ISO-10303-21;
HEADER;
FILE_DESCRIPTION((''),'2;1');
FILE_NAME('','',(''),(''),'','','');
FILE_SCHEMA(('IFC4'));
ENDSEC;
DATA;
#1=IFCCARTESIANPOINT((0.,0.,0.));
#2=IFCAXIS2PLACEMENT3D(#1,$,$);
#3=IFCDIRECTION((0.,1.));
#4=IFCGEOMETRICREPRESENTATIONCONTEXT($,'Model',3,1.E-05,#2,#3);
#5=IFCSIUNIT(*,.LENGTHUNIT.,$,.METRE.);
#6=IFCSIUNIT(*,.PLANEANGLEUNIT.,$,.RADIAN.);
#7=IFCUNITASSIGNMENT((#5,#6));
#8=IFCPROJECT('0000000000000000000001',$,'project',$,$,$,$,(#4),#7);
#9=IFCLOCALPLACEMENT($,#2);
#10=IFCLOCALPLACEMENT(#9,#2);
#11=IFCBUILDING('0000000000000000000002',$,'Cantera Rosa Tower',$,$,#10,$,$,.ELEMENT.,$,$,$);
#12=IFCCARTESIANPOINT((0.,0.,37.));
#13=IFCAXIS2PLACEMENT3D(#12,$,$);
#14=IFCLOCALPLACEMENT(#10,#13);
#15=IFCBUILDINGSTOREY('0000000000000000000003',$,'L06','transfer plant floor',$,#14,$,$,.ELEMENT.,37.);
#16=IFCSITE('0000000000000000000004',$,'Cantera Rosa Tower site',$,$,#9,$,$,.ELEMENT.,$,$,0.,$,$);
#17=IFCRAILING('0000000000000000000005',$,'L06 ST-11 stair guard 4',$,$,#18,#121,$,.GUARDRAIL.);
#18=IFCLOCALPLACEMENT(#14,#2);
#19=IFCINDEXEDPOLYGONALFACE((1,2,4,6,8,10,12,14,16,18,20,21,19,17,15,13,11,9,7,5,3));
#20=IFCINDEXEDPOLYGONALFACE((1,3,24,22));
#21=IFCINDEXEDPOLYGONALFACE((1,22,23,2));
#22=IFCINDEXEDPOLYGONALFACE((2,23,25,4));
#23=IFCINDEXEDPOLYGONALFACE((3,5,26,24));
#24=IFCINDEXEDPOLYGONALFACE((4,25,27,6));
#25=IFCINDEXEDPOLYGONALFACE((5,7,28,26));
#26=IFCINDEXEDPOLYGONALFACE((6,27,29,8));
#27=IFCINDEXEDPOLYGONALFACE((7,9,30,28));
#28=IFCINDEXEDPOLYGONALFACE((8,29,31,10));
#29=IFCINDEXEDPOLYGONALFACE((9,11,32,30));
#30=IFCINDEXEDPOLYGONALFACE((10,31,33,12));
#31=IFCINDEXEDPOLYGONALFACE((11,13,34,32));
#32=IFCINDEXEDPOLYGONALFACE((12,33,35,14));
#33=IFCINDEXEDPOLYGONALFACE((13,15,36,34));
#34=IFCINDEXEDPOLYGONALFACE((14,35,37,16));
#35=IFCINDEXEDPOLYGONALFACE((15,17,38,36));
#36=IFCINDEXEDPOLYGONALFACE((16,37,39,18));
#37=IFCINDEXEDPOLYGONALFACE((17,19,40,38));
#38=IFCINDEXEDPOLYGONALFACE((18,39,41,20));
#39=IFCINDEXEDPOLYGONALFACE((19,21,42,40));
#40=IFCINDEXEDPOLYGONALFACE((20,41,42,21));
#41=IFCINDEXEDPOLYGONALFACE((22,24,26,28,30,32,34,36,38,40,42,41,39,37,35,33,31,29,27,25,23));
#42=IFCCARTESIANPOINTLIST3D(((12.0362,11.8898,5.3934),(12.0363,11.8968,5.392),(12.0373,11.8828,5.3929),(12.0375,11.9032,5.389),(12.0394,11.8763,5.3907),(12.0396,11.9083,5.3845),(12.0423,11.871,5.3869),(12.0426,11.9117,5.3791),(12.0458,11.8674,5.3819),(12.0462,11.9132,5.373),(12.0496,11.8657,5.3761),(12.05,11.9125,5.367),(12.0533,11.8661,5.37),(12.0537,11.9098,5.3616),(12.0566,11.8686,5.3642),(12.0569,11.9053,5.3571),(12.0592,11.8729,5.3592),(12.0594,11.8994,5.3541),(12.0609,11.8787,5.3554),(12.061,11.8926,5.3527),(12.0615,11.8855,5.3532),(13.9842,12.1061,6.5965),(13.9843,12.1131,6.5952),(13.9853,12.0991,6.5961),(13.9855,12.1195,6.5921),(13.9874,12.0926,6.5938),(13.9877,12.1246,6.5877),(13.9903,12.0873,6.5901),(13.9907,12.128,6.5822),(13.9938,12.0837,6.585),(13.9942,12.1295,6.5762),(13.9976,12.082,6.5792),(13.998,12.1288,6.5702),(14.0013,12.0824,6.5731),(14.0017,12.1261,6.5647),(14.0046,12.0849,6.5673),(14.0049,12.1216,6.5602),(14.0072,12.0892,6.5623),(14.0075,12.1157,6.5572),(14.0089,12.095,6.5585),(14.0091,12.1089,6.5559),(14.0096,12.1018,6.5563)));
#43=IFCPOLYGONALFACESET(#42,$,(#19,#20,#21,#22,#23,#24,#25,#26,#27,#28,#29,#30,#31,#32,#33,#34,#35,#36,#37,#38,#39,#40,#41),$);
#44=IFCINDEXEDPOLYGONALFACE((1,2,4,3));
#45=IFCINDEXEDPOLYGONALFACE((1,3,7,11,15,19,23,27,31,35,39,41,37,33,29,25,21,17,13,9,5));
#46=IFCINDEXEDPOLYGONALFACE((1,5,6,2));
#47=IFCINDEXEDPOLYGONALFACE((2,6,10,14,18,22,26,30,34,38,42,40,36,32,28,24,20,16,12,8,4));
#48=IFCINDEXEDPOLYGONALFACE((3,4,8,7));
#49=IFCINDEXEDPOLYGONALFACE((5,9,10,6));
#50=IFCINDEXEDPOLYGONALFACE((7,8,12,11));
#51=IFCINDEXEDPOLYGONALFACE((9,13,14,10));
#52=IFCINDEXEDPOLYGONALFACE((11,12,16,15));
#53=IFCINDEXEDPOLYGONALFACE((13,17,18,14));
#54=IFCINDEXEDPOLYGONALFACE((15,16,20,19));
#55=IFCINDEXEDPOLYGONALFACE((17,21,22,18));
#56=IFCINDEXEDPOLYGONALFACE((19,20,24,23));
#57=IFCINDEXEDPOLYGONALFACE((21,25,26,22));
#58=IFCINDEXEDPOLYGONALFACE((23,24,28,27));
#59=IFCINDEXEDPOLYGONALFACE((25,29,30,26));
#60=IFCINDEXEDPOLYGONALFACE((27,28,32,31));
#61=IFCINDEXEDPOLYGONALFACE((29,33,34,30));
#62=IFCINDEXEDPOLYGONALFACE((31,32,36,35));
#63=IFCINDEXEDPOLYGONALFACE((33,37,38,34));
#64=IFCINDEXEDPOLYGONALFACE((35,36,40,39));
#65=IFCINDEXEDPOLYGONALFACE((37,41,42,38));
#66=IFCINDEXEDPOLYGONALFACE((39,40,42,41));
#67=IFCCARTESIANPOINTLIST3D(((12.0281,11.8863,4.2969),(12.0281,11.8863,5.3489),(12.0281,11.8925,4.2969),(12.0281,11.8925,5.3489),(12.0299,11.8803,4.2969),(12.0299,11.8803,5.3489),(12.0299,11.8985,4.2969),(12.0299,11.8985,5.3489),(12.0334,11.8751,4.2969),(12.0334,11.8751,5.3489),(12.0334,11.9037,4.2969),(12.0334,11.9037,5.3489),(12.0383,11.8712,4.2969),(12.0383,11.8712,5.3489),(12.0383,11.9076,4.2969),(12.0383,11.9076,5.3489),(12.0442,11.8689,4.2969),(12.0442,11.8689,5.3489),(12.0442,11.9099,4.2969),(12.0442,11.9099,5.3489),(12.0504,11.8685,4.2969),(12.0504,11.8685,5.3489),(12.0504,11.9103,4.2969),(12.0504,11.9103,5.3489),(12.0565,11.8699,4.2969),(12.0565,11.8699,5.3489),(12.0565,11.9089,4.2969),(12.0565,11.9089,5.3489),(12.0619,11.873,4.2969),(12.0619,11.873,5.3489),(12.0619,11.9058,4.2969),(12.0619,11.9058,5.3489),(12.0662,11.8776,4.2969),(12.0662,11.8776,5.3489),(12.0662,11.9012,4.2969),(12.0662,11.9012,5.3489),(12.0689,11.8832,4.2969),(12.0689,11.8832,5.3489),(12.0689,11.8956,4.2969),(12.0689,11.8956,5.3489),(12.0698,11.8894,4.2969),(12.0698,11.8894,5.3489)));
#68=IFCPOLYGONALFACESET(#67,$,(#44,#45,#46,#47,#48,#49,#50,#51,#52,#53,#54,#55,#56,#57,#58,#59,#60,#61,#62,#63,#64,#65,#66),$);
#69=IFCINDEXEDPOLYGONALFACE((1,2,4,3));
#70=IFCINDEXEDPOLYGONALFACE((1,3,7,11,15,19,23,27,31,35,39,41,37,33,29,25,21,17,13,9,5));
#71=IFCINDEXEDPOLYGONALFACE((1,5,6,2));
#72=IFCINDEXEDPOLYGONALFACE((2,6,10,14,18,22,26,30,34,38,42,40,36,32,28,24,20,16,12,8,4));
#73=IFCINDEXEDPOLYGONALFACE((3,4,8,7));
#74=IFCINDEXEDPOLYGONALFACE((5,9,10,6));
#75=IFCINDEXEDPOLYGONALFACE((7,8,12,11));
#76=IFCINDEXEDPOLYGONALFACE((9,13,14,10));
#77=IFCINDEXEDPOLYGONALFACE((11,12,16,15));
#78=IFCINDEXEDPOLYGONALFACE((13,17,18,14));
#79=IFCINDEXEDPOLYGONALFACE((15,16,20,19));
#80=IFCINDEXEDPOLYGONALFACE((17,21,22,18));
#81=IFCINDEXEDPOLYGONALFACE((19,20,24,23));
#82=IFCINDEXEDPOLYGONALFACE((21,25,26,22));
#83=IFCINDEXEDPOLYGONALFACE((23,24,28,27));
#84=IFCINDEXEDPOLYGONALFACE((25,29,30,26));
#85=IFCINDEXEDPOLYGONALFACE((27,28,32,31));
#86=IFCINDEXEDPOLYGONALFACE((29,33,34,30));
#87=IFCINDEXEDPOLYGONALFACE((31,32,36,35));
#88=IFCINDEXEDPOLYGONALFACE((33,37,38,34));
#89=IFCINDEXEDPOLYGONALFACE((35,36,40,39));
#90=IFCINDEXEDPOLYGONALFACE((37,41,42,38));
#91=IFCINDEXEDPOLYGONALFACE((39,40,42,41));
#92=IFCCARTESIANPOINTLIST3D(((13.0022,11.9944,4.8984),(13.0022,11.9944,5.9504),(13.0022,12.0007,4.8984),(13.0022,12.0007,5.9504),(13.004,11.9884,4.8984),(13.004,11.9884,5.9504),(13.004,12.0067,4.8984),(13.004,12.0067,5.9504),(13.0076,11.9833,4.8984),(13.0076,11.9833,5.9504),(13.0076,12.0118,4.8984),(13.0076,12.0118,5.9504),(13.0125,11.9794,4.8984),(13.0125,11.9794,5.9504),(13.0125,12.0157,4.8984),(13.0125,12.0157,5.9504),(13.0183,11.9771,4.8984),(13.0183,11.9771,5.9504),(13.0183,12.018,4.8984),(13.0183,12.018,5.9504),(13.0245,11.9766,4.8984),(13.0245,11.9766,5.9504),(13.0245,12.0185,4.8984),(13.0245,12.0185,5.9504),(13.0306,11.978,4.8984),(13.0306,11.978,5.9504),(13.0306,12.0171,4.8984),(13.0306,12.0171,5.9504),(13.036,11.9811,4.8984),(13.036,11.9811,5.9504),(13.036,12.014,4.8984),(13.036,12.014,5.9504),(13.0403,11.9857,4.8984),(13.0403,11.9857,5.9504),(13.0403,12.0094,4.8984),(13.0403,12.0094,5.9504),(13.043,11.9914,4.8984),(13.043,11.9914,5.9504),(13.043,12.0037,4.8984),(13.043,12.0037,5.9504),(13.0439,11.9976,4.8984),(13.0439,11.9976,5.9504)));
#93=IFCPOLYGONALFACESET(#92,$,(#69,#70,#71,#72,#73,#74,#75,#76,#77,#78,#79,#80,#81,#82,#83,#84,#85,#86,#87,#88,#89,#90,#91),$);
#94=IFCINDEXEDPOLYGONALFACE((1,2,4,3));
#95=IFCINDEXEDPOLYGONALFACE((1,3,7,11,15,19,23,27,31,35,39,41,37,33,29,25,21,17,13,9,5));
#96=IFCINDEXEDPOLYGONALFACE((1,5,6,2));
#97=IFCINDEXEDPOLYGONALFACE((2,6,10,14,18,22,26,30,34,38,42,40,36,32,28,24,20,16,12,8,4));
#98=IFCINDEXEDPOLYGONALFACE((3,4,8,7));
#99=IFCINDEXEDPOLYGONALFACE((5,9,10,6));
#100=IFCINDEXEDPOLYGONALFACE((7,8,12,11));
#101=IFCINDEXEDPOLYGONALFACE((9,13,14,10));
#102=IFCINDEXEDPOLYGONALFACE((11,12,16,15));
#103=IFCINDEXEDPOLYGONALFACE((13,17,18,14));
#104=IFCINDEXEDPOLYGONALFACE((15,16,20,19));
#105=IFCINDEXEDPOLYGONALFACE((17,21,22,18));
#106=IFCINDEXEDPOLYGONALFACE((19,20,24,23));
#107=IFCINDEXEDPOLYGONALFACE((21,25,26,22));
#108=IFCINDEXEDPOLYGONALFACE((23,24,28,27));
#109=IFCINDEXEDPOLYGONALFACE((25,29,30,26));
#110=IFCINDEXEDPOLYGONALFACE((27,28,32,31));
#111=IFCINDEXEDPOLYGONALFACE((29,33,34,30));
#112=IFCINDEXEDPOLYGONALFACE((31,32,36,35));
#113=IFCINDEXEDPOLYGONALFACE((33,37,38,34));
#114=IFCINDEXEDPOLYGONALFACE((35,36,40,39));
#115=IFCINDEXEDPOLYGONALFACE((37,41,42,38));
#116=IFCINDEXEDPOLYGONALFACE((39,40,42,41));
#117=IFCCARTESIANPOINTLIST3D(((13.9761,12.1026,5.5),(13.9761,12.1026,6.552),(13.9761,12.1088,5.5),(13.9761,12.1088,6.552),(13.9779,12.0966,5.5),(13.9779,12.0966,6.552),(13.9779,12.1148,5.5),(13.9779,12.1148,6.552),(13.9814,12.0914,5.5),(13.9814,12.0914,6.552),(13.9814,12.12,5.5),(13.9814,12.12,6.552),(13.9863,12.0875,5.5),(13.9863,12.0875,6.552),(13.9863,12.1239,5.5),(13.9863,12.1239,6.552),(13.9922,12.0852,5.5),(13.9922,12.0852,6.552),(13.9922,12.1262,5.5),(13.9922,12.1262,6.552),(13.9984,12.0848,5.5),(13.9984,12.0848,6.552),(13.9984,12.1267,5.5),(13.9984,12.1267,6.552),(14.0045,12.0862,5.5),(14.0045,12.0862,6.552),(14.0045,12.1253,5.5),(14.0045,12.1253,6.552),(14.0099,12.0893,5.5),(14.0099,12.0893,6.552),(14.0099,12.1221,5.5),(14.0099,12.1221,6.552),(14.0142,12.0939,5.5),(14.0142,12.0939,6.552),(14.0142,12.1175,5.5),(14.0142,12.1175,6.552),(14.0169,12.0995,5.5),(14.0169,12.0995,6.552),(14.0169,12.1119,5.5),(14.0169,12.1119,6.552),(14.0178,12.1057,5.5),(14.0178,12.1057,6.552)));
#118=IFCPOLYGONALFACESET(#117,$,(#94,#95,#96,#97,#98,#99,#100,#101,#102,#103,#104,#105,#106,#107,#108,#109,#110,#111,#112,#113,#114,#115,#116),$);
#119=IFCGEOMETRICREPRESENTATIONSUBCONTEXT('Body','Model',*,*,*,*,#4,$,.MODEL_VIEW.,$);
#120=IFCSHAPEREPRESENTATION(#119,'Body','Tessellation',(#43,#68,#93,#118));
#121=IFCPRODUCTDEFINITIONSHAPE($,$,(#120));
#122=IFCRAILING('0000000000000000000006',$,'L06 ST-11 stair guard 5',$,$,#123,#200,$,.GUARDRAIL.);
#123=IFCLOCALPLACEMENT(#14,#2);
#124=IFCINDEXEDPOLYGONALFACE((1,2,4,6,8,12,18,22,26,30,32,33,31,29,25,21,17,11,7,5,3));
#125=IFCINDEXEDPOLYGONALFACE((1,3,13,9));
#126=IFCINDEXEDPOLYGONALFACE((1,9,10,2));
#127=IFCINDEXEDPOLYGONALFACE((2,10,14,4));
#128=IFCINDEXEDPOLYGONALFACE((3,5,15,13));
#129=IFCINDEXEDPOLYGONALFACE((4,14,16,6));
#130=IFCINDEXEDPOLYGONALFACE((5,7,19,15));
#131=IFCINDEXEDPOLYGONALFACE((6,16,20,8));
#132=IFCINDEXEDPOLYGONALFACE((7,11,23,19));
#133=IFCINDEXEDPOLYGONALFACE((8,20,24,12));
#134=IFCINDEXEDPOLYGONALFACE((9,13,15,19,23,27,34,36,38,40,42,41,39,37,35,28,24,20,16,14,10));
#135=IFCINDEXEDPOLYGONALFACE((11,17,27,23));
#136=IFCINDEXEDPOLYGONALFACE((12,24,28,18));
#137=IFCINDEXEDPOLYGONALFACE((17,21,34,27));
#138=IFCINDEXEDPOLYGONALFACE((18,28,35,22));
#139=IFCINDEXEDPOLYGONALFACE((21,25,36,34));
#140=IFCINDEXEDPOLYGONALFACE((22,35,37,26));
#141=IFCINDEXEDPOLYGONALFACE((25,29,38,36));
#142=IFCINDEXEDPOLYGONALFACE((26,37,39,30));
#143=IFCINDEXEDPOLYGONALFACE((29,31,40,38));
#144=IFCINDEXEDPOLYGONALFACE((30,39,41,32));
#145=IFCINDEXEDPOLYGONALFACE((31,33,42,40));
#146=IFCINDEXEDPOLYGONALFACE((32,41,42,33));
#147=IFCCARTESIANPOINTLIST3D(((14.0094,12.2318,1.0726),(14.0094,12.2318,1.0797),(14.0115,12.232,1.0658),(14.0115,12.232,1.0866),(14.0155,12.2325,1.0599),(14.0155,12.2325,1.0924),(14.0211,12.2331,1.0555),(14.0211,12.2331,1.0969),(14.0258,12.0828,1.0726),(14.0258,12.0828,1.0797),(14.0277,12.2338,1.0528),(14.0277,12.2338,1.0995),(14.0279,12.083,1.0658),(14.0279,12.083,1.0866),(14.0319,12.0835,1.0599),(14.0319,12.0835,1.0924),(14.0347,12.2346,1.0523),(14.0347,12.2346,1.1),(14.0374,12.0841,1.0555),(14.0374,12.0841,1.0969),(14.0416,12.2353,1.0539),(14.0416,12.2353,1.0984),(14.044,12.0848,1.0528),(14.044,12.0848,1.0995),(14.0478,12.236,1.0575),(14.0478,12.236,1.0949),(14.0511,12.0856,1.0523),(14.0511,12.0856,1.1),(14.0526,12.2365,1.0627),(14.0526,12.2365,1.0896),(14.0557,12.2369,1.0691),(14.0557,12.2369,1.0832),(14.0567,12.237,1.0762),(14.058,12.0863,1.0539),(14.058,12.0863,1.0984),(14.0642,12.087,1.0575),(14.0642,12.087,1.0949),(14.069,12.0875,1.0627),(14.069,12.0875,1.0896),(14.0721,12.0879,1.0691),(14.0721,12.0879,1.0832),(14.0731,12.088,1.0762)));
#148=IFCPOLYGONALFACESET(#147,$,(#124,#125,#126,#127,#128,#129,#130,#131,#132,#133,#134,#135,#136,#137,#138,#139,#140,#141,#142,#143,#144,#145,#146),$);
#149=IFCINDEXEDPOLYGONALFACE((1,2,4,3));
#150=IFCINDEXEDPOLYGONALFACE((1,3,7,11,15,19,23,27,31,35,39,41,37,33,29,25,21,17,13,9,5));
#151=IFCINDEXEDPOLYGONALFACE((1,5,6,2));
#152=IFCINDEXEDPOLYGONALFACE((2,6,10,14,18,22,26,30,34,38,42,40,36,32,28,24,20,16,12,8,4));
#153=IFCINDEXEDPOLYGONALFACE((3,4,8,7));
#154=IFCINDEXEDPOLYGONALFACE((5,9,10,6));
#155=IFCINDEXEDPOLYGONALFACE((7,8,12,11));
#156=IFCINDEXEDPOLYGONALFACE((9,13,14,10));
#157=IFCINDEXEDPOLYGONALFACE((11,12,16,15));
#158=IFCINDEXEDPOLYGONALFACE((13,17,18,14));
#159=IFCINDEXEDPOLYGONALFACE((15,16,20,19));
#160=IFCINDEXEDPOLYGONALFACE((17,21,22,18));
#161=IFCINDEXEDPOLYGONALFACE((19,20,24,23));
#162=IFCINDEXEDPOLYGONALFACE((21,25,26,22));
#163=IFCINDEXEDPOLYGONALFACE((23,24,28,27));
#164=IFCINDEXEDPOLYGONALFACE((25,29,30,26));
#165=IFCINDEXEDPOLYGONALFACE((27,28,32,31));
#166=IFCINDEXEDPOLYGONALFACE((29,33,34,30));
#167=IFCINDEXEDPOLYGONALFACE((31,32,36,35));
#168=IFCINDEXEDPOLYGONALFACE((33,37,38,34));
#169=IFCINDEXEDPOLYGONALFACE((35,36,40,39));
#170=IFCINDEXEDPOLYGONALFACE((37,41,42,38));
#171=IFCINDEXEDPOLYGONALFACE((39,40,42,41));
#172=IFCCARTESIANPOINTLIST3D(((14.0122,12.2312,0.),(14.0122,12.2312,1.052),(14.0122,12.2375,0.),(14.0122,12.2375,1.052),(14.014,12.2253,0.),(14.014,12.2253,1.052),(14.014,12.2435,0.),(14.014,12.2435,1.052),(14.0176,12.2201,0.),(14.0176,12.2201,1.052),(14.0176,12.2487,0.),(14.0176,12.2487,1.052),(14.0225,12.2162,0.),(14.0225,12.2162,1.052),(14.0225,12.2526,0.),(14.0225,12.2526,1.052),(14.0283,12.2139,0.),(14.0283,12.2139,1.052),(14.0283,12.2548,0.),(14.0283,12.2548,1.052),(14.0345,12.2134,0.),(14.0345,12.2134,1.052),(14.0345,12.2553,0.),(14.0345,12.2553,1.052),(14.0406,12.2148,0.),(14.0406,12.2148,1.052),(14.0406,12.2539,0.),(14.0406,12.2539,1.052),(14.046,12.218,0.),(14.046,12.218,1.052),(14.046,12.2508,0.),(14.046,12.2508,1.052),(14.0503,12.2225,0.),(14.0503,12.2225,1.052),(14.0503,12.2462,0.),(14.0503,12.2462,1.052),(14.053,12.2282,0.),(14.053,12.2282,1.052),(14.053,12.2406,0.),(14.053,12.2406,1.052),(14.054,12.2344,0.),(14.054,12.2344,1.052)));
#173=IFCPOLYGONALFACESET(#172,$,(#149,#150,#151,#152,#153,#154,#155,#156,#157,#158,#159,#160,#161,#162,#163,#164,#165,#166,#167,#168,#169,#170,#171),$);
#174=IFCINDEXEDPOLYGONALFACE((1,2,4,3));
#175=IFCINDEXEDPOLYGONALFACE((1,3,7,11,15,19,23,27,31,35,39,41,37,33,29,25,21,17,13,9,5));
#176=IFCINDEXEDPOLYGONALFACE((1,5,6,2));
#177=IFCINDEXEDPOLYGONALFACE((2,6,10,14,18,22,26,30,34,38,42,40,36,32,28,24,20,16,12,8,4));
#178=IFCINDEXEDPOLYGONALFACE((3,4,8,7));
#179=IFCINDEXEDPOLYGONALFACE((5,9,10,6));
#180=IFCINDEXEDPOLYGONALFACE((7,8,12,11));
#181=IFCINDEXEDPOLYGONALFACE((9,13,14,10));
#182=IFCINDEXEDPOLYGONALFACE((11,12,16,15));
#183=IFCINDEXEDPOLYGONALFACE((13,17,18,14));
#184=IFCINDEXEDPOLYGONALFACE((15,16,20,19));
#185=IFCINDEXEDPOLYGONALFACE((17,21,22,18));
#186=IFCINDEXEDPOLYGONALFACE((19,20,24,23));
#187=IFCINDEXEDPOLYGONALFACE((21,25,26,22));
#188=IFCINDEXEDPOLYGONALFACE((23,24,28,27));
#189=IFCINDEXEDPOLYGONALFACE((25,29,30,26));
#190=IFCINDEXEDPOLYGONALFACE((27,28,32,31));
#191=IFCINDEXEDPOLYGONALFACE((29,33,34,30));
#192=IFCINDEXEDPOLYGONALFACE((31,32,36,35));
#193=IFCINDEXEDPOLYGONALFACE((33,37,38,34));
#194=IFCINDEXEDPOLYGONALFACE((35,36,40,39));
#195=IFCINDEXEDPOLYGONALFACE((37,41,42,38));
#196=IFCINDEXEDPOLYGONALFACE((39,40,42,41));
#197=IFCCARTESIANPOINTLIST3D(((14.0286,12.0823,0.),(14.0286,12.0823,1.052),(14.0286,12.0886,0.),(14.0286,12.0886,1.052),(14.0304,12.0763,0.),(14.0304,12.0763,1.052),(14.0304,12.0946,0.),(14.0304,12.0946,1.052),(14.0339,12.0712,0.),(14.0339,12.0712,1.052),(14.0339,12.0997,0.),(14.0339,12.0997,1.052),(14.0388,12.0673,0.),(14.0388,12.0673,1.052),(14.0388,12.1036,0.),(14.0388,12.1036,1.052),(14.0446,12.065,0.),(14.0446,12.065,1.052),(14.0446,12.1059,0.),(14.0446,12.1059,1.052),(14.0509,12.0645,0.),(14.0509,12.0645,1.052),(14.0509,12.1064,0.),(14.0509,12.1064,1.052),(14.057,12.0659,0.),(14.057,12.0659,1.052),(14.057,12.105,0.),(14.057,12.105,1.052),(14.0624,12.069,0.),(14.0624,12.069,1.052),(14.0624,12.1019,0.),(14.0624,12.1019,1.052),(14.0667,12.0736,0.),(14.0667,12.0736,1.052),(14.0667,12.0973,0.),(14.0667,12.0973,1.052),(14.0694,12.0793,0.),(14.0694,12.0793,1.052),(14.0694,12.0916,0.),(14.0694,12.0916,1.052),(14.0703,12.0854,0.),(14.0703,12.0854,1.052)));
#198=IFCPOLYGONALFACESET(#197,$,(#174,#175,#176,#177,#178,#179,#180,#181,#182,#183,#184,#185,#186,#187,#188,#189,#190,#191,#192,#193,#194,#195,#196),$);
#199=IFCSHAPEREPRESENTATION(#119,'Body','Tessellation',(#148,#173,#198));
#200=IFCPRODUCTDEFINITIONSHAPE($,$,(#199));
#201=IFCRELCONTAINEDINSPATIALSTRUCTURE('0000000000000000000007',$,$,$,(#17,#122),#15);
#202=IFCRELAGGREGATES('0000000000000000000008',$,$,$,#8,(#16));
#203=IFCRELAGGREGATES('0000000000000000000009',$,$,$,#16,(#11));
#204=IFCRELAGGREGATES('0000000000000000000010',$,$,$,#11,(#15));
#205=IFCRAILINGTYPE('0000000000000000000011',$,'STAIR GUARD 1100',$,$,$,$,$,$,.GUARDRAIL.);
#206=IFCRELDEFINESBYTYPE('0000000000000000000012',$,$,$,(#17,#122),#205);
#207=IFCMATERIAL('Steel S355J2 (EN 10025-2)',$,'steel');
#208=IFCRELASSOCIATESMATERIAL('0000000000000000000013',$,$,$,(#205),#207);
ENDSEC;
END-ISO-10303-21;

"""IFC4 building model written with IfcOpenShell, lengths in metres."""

from ifc_helpers import new_model, si_unit, direction, frame, origin, origin_2d, place, context, subcontext, project, spatial, circle, extrude, material, type_object, element, save


model = new_model("IFC4")

# Units and contexts
model_context = context("Model", 3, precision=1e-05, world=origin(), true_north=direction((0.0, 1.0)))
body_context = subcontext(model_context, "Body", "Model", "MODEL_VIEW")
ifc_project = project(units=[si_unit("LENGTHUNIT", "METRE"), si_unit("PLANEANGLEUNIT", "RADIAN")], contexts=[model_context])

# Site, building, storey
site_placement = place(None, origin())
site = spatial("IfcSite", under=ifc_project, at=site_placement, Name="Cantera Rosa Tower site", CompositionType="ELEMENT", RefElevation=0.0)
building_placement = place(site_placement, origin())
building = spatial("IfcBuilding", under=site, at=building_placement, Name="Cantera Rosa Tower", CompositionType="ELEMENT")
storey_placement = place(building_placement, frame((0.0, 0.0, 37.0)))
storey = spatial("IfcBuildingStorey", under=building, at=storey_placement, Name="L06", Description="transfer plant floor", CompositionType="ELEMENT", Elevation=37.0)

# Railings
ifc_material_1 = material(Name="Steel S355J2 (EN 10025-2)", Category="steel")
railing_type_1 = type_object("IfcRailingType", Name="STAIR GUARD 1100", PredefinedType="GUARDRAIL", material=ifc_material_1)
railing_1_placement = place(storey_placement, frame((12.0488, 11.8894, 4.2969)))
element("IfcRailing", 1, at=railing_1_placement, inside=storey, type_object=railing_type_1, Name="L06 ST-11 stair guard 4", PredefinedType="GUARDRAIL", context=body_context, shape_type="SweptSolid", body=[
    extrude(circle(Radius=0.0239, at=origin_2d()), frame((0.0, 0.0, 1.0762), z_axis=(0.847036, 0.094056, 0.523147), x_axis=(-0.110363, 0.993891, 0.0)), (0.0, 0.0, 1.0), 2.2998),
    extrude(circle(Radius=0.021, at=origin_2d()), origin(), (0.0, 0.0, 1.0), 1.052),
    extrude(circle(Radius=0.021, at=origin_2d()), frame((0.9741, 0.1082, 0.6016)), (0.0, 0.0, 1.0), 1.052),
    extrude(circle(Radius=0.021, at=origin_2d()), frame((1.948, 0.2163, 1.2031)), (0.0, 0.0, 1.0), 1.052),
])
railing_2_placement = place(storey_placement, frame((14.033, 12.2344, 0.0)))
element("IfcRailing", 2, at=railing_2_placement, inside=storey, type_object=railing_type_1, Name="L06 ST-11 stair guard 5", PredefinedType="GUARDRAIL", context=body_context, shape_type="SweptSolid", body=[
    extrude(circle(Radius=0.0239, at=origin_2d()), frame((0.0, 0.0, 1.0762), z_axis=(0.109179, -0.994022, 0.0), x_axis=(0.994022, 0.109179, 0.0)), (0.0, 0.0, 1.0), 0.1499),
    extrude(circle(Radius=0.021, at=origin_2d()), origin(), (0.0, 0.0, 1.0), 1.052),
    extrude(circle(Radius=0.021, at=origin_2d()), frame((0.0164, -0.1489, 0.0)), (0.0, 0.0, 1.0), 1.052),
])

save(model, "model.ifc")
